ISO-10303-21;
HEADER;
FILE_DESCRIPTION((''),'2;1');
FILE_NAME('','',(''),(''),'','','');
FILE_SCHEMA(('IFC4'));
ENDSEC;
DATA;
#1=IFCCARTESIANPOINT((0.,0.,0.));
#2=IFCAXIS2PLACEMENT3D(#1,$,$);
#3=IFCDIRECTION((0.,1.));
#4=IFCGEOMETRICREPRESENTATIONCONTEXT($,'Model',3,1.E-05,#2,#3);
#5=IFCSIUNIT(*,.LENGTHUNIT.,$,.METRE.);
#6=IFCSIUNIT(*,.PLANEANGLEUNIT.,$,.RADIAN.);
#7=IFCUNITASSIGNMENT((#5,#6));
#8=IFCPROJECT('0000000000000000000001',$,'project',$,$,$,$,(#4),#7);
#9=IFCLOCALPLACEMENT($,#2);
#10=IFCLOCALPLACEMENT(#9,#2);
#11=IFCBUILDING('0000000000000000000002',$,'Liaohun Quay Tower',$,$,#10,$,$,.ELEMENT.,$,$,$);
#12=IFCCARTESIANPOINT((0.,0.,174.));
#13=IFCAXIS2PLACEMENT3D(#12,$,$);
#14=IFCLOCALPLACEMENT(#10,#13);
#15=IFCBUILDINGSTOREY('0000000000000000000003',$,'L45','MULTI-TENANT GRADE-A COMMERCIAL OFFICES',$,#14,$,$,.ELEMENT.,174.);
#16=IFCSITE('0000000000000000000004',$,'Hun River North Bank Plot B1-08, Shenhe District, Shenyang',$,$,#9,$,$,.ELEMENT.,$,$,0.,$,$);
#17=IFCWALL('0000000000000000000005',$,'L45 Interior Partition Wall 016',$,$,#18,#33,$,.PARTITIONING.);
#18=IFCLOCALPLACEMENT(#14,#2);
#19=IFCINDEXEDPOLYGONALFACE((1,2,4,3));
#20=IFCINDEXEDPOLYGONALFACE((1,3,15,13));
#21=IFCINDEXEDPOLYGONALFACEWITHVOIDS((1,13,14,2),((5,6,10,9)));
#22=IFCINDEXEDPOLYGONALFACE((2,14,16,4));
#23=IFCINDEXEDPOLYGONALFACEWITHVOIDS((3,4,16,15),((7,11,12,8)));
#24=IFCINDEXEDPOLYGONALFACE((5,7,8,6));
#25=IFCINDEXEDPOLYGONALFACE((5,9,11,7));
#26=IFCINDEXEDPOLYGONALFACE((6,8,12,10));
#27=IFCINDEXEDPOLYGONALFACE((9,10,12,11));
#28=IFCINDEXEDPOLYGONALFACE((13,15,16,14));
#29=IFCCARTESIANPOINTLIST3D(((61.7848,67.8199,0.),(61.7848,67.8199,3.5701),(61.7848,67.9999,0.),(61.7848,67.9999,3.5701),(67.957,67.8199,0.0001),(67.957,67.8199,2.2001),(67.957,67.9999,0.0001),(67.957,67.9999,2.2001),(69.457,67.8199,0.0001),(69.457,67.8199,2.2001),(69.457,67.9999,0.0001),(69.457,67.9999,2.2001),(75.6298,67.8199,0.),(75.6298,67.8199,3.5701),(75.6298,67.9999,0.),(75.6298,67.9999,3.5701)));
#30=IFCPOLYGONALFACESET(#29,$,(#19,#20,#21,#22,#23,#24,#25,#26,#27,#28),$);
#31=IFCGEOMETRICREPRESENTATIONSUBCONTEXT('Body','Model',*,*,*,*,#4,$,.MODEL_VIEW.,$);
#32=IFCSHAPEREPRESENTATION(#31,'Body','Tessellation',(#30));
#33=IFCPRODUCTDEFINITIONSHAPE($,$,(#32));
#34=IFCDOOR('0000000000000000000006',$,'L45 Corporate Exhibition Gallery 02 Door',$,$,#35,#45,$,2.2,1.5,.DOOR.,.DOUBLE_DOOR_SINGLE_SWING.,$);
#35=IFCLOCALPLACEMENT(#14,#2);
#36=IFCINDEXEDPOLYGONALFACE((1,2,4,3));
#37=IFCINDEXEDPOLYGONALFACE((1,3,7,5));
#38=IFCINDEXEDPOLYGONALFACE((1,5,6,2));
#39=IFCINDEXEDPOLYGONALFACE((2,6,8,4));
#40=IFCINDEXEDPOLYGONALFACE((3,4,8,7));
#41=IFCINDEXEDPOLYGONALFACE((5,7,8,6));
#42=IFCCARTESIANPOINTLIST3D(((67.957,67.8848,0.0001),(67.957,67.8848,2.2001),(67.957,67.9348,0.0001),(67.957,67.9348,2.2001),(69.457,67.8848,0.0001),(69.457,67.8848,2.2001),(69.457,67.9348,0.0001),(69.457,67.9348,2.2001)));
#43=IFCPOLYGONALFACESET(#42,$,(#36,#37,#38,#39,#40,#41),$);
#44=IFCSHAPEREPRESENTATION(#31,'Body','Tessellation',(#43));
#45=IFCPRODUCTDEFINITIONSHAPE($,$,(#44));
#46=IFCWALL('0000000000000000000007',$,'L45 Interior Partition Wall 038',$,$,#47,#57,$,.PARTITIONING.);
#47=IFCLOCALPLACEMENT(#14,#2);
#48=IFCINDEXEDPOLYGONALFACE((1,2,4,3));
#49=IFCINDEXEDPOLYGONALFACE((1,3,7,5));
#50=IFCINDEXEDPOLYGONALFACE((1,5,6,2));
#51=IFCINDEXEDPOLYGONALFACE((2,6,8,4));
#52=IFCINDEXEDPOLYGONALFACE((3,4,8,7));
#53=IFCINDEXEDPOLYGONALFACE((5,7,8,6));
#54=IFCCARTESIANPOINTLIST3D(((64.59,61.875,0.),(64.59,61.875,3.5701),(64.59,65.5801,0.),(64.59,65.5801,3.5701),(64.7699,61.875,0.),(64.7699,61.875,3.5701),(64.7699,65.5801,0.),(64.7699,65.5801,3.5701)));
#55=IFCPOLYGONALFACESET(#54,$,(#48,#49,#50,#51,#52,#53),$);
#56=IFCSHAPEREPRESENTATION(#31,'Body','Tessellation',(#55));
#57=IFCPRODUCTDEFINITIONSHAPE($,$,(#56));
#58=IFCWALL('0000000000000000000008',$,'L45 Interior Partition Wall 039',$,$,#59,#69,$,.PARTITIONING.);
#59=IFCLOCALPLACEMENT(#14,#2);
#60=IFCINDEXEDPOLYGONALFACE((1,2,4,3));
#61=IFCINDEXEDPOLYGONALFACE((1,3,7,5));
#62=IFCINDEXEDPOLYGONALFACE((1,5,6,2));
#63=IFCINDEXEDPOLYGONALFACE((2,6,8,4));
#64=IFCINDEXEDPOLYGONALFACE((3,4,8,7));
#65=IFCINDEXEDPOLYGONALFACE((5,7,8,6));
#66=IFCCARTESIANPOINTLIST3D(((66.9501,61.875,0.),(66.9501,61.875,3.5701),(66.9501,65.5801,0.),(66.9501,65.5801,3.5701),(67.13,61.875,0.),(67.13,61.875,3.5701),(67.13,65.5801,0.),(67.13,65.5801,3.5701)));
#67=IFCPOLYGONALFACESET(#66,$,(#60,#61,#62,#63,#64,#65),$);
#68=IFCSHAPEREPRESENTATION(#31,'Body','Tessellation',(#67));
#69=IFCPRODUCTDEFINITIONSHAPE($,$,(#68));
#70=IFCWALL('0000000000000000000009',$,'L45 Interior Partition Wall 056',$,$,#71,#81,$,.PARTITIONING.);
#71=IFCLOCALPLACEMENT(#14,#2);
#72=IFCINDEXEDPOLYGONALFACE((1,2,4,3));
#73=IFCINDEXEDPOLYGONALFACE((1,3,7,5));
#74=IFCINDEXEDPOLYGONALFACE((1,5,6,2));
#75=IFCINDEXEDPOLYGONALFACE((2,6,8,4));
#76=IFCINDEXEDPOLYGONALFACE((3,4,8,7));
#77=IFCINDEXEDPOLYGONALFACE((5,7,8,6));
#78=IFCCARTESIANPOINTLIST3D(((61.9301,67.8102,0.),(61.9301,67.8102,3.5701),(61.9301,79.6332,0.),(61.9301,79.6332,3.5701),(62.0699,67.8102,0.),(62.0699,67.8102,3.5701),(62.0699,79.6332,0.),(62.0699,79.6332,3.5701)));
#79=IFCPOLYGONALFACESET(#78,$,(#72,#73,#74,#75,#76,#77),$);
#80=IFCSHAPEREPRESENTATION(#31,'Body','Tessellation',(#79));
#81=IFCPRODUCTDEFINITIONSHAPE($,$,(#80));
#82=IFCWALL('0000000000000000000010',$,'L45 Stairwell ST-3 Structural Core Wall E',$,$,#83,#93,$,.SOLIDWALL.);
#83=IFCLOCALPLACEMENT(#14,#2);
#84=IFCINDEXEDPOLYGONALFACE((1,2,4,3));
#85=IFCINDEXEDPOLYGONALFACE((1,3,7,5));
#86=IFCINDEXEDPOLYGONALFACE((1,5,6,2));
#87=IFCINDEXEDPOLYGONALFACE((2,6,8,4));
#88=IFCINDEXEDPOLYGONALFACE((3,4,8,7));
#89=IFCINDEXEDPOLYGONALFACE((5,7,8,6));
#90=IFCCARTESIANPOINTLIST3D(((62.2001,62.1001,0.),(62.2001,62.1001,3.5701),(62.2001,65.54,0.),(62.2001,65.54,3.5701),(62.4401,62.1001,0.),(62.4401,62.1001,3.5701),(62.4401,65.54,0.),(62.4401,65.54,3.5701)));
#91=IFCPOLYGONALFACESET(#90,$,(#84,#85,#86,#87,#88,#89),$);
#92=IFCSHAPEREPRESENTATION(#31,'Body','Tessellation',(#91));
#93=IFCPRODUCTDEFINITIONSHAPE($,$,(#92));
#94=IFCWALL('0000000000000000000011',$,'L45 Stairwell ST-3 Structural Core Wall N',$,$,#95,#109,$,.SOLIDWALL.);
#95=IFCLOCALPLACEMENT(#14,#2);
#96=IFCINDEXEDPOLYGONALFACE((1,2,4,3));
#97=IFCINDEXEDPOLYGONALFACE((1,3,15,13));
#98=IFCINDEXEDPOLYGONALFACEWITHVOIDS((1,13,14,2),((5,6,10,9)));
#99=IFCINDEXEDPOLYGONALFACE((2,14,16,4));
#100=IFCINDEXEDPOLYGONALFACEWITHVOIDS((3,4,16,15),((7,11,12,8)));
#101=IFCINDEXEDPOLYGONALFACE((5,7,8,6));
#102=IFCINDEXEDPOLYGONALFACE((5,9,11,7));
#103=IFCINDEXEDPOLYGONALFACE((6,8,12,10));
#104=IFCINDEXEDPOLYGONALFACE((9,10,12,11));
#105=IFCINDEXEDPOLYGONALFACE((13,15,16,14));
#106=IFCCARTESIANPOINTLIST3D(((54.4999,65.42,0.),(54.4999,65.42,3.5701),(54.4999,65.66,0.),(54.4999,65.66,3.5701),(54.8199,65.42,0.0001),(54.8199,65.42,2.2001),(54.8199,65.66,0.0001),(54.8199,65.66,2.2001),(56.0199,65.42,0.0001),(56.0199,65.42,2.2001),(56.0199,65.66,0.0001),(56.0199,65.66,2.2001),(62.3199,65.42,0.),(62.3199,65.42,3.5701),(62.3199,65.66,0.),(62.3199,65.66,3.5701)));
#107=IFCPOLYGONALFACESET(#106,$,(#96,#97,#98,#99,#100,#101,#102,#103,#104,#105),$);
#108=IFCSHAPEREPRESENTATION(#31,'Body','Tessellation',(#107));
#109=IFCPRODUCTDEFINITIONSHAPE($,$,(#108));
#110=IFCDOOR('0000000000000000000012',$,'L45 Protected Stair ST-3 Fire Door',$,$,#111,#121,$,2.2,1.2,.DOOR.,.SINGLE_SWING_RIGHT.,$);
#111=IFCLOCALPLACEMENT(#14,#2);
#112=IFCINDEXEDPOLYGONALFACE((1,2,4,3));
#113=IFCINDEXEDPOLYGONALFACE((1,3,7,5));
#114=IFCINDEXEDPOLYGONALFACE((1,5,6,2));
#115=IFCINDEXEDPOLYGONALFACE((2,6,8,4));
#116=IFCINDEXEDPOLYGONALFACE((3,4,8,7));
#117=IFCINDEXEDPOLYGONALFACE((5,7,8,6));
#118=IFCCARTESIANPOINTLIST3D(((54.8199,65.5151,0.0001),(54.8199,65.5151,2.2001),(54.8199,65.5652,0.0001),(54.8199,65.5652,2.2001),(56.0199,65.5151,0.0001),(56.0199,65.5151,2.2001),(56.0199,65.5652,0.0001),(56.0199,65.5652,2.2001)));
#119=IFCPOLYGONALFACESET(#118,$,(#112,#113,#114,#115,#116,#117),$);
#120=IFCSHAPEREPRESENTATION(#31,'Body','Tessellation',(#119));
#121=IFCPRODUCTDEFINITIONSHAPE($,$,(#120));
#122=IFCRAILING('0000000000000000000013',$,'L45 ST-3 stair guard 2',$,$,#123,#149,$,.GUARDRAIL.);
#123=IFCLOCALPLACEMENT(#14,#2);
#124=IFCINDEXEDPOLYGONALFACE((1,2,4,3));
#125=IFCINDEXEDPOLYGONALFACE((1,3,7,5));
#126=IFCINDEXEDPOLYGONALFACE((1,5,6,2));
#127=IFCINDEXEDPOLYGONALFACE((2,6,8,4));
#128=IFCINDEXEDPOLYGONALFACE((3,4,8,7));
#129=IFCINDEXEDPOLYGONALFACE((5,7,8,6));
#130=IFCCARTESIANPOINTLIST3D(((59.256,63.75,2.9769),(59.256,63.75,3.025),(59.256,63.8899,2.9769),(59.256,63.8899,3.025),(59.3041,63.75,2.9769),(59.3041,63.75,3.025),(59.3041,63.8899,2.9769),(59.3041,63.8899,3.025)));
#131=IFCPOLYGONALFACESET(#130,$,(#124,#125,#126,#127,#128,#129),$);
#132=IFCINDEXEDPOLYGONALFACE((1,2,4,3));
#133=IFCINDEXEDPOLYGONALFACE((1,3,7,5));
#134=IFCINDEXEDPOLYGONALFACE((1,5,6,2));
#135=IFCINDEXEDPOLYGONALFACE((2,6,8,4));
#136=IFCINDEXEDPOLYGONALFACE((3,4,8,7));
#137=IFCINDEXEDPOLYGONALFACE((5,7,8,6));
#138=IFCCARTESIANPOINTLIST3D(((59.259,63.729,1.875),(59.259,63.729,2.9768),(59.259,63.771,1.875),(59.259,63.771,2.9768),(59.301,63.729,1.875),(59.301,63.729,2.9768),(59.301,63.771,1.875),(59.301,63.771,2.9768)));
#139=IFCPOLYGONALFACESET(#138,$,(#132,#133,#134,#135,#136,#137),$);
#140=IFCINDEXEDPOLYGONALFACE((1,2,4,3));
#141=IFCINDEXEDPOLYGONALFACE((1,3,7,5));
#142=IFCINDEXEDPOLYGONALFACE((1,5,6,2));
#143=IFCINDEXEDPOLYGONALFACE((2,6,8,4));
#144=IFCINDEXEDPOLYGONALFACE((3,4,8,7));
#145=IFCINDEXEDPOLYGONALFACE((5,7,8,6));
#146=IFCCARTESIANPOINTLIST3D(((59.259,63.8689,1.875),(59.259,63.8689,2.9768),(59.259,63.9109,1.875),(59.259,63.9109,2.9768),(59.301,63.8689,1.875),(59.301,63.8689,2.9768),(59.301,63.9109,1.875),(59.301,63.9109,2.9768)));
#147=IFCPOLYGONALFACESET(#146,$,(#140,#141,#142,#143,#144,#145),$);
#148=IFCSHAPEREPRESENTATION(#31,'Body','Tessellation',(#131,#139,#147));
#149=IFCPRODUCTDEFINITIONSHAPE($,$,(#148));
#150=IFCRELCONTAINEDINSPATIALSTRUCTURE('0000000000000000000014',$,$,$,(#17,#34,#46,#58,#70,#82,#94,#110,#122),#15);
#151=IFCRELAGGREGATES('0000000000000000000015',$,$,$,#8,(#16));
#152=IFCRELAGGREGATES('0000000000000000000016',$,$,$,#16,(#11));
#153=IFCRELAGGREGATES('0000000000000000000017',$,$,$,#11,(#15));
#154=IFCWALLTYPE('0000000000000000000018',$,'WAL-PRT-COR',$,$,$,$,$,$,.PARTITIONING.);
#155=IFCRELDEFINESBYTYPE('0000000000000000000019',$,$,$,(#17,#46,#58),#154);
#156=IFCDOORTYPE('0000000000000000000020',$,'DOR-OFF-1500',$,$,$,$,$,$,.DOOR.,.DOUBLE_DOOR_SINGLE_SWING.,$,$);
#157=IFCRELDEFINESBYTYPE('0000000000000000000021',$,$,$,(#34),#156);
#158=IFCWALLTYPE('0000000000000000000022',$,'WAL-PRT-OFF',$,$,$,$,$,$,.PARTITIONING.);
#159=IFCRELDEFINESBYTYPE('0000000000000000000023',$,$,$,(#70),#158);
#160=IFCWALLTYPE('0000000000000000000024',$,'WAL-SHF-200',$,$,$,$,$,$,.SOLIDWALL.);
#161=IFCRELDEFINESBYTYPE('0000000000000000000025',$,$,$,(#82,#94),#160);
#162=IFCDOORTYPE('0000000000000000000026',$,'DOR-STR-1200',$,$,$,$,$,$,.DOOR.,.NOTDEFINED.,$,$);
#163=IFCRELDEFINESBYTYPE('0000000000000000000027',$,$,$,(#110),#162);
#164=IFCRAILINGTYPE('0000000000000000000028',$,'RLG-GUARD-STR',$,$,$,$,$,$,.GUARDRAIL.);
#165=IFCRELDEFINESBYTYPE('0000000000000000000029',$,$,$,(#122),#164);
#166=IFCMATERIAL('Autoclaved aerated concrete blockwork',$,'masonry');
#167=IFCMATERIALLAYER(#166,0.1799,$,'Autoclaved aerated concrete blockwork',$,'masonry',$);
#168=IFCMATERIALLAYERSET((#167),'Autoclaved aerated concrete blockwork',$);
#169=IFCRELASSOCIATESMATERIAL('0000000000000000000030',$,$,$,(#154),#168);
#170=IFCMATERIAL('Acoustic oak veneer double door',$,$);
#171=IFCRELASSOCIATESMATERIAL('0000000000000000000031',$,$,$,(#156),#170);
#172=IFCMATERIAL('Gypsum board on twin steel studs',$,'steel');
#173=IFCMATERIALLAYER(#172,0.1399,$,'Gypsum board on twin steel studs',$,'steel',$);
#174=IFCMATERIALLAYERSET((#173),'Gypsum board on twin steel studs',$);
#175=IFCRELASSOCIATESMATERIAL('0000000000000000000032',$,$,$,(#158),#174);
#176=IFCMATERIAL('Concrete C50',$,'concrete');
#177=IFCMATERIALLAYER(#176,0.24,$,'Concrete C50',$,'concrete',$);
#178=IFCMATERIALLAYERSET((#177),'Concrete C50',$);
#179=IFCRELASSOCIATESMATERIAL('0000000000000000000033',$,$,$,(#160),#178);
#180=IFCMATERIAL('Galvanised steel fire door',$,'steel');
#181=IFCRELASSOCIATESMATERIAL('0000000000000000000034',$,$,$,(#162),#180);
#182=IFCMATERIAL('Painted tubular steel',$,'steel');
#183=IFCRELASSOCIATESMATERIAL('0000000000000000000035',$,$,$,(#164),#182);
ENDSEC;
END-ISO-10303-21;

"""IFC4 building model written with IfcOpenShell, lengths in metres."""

from ifc_helpers import new_model, si_unit, direction, frame, frame_2d, origin, origin_2d, place, context, subcontext, project, spatial, rectangle, extrude, source, transform, mapped, material, layer, layer_set, type_object, element, fill, save


model = new_model("IFC4")

# Units and contexts
model_context = context("Model", 3, precision=1e-05, world=origin(), true_north=direction((0.0, 1.0)))
body_context = subcontext(model_context, "Body", "Model", "MODEL_VIEW")
ifc_project = project(units=[si_unit("LENGTHUNIT", "METRE"), si_unit("PLANEANGLEUNIT", "RADIAN")], contexts=[model_context])

# Site, building, storey
site_placement = place(None, origin())
site = spatial("IfcSite", under=ifc_project, at=site_placement, Name="Hun River North Bank Plot B1-08, Shenhe District, Shenyang", CompositionType="ELEMENT", RefElevation=0.0)
building_placement = place(site_placement, origin())
building = spatial("IfcBuilding", under=site, at=building_placement, Name="Liaohun Quay Tower", CompositionType="ELEMENT")
storey_placement = place(building_placement, frame((0.0, 0.0, 174.0)))
storey = spatial("IfcBuildingStorey", under=building, at=storey_placement, Name="L45", Description="MULTI-TENANT GRADE-A COMMERCIAL OFFICES", CompositionType="ELEMENT", Elevation=174.0)

# Wall, opening, door
ifc_material_1 = material(Name="Autoclaved aerated concrete blockwork", Category="masonry")
ifc_layer_1 = layer(ifc_material_1, 0.1799, Name="Autoclaved aerated concrete blockwork", Category="masonry")
ifc_layer_set_1 = layer_set([ifc_layer_1], Name="Autoclaved aerated concrete blockwork")
wall_type_1 = type_object("IfcWallType", Name="WAL-PRT-COR", PredefinedType="PARTITIONING", material=ifc_layer_set_1)
wall_1_placement = place(storey_placement, frame((61.7849, 67.9099, 0.0), z_axis=(0.0, 0.0, 1.0), x_axis=(1.0, 0.0, 0.0)))
wall_1 = element("IfcWall", 1, at=wall_1_placement, inside=storey, type_object=wall_type_1, Name="L45 Interior Partition Wall 016", PredefinedType="PARTITIONING", context=body_context, shape_type="SweptSolid", body=[
    extrude(rectangle(XDim=13.845, YDim=0.1799, at=frame_2d((6.9224, 0.0))), origin(), (0.0, 0.0, 1.0), 3.5701),
])
shared_shape_1 = source(origin(), body_context, "Body", "SweptSolid", [
    extrude(rectangle(XDim=1.5, YDim=2.2, at=frame_2d((0.75, 1.1001))), frame((0.0, 0.0999, 0.0), z_axis=(0.0, -1.0, 0.0), x_axis=(1.0, 0.0, 0.0)), (0.0, 0.0, 1.0), 0.2),
])
opening_1_placement = place(wall_1_placement, frame((6.1721, 0.0, 0.0)))
opening_1 = element("IfcOpeningElement", 2, at=opening_1_placement, cuts=wall_1, PredefinedType="OPENING", context=body_context, shape_type="MappedRepresentation", body=[
    mapped(shared_shape_1, transform((0.0, 0.0, 0.0), x_axis=(1.0, 0.0, 0.0), y_axis=(0.0, 1.0, 0.0), z_axis=(0.0, 0.0, 1.0), scale=1.0)),
])
ifc_material_2 = material(Name="Acoustic oak veneer double door")
door_type_1 = type_object("IfcDoorType", Name="DOR-OFF-1500", OperationType="DOUBLE_DOOR_SINGLE_SWING", PredefinedType="DOOR", material=ifc_material_2)
shared_shape_2 = source(origin(), body_context, "Body", "SweptSolid", [
    extrude(rectangle(XDim=1.5, YDim=2.2, at=frame_2d((0.75, 1.1001))), frame((0.0, 0.0249, 0.0), z_axis=(0.0, -1.0, 0.0), x_axis=(1.0, 0.0, 0.0)), (0.0, 0.0, 1.0), 0.05),
])
door_1_placement = place(opening_1_placement, origin())
door_1 = element("IfcDoor", 3, at=door_1_placement, inside=storey, type_object=door_type_1, Name="L45 Corporate Exhibition Gallery 02 Door", OperationType="DOUBLE_DOOR_SINGLE_SWING", OverallHeight=2.2, OverallWidth=1.5, PredefinedType="DOOR", context=body_context, shape_type="MappedRepresentation", body=[
    mapped(shared_shape_2, transform((0.0, 0.0, 0.0), x_axis=(1.0, 0.0, 0.0), y_axis=(0.0, 1.0, 0.0), z_axis=(0.0, 0.0, 1.0), scale=1.0)),
])
fill(opening_1, door_1)

# Walls
for number, where, z_axis, x_axis, name in (
    (4, (64.6799, 61.875, 0.0), (0.0, 0.0, 1.0), (0.0, 1.0, 0.0), "L45 Interior Partition Wall 038"),
    (5, (67.04, 61.875, 0.0), (0.0, 0.0, 1.0), (0.0, 1.0, 0.0), "L45 Interior Partition Wall 039"),
):
    element("IfcWall", number, at=place(storey_placement, frame(where, z_axis=z_axis, x_axis=x_axis)), inside=storey, type_object=wall_type_1, Name=name, PredefinedType="PARTITIONING", context=body_context, shape_type="SweptSolid", body=[
        extrude(rectangle(XDim=3.7051, YDim=0.1799, at=frame_2d((1.8525, 0.0))), origin(), (0.0, 0.0, 1.0), 3.5701),
    ])
ifc_material_3 = material(Name="Gypsum board on twin steel studs", Category="steel")
ifc_layer_2 = layer(ifc_material_3, 0.1399, Name="Gypsum board on twin steel studs", Category="steel")
ifc_layer_set_2 = layer_set([ifc_layer_2], Name="Gypsum board on twin steel studs")
wall_type_2 = type_object("IfcWallType", Name="WAL-PRT-OFF", PredefinedType="PARTITIONING", material=ifc_layer_set_2)
wall_2_placement = place(storey_placement, frame((62.0, 67.8101, 0.0), z_axis=(0.0, 0.0, 1.0), x_axis=(0.0, 1.0, 0.0)))
element("IfcWall", 6, at=wall_2_placement, inside=storey, type_object=wall_type_2, Name="L45 Interior Partition Wall 056", PredefinedType="PARTITIONING", context=body_context, shape_type="SweptSolid", body=[
    extrude(rectangle(XDim=11.823, YDim=0.1399, at=frame_2d((5.9116, 0.0))), origin(), (0.0, 0.0, 1.0), 3.5701),
])
ifc_material_4 = material(Name="Concrete C50", Category="concrete")
ifc_layer_3 = layer(ifc_material_4, 0.24, Name="Concrete C50", Category="concrete")
ifc_layer_set_3 = layer_set([ifc_layer_3], Name="Concrete C50")
wall_type_3 = type_object("IfcWallType", Name="WAL-SHF-200", PredefinedType="SOLIDWALL", material=ifc_layer_set_3)
wall_3_placement = place(storey_placement, frame((62.3201, 62.1001, 0.0), z_axis=(0.0, 0.0, 1.0), x_axis=(0.0, 1.0, 0.0)))
element("IfcWall", 7, at=wall_3_placement, inside=storey, type_object=wall_type_3, Name="L45 Stairwell ST-3 Structural Core Wall E", PredefinedType="SOLIDWALL", context=body_context, shape_type="SweptSolid", body=[
    extrude(rectangle(XDim=3.4399, YDim=0.24, at=frame_2d((1.72, 0.0))), origin(), (0.0, 0.0, 1.0), 3.5701),
])

# Wall, opening, door
wall_4_placement = place(storey_placement, frame((62.3201, 65.54, 0.0), z_axis=(0.0, 0.0, 1.0), x_axis=(-1.0, 0.0, 0.0)))
wall_4 = element("IfcWall", 8, at=wall_4_placement, inside=storey, type_object=wall_type_3, Name="L45 Stairwell ST-3 Structural Core Wall N", PredefinedType="SOLIDWALL", context=body_context, shape_type="SweptSolid", body=[
    extrude(rectangle(XDim=7.8201, YDim=0.24, at=frame_2d((3.9102, 0.0))), origin(), (0.0, 0.0, 1.0), 3.5701),
])
shared_shape_3 = source(origin(), body_context, "Body", "SweptSolid", [
    extrude(rectangle(XDim=1.2, YDim=2.2, at=frame_2d((0.6001, 1.1001))), frame((0.0, 0.1299, 0.0), z_axis=(0.0, -1.0, 0.0), x_axis=(1.0, 0.0, 0.0)), (0.0, 0.0, 1.0), 0.26),
])
opening_2_placement = place(wall_4_placement, frame((6.3, 0.0, 0.0)))
opening_2 = element("IfcOpeningElement", 9, at=opening_2_placement, cuts=wall_4, PredefinedType="OPENING", context=body_context, shape_type="MappedRepresentation", body=[
    mapped(shared_shape_3, transform((0.0, 0.0, 0.0), x_axis=(1.0, 0.0, 0.0), y_axis=(0.0, 1.0, 0.0), z_axis=(0.0, 0.0, 1.0), scale=1.0)),
])
ifc_material_5 = material(Name="Galvanised steel fire door", Category="steel")
door_type_2 = type_object("IfcDoorType", Name="DOR-STR-1200", OperationType="NOTDEFINED", PredefinedType="DOOR", material=ifc_material_5)
shared_shape_4 = source(origin(), body_context, "Body", "SweptSolid", [
    extrude(rectangle(XDim=1.2, YDim=2.2, at=frame_2d((0.6001, 1.1001))), frame((0.0, 0.0249, 0.0), z_axis=(0.0, -1.0, 0.0), x_axis=(1.0, 0.0, 0.0)), (0.0, 0.0, 1.0), 0.05),
])
door_2_placement = place(opening_2_placement, origin())
door_2 = element("IfcDoor", 10, at=door_2_placement, inside=storey, type_object=door_type_2, Name="L45 Protected Stair ST-3 Fire Door", OperationType="SINGLE_SWING_RIGHT", OverallHeight=2.2, OverallWidth=1.2, PredefinedType="DOOR", context=body_context, shape_type="MappedRepresentation", body=[
    mapped(shared_shape_4, transform((0.0, 0.0, 0.0), x_axis=(1.0, 0.0, 0.0), y_axis=(0.0, 1.0, 0.0), z_axis=(0.0, 0.0, 1.0), scale=1.0)),
])
fill(opening_2, door_2)

# Railing
ifc_material_6 = material(Name="Painted tubular steel", Category="steel")
railing_type = type_object("IfcRailingType", Name="RLG-GUARD-STR", PredefinedType="GUARDRAIL", material=ifc_material_6)
railing_placement = place(storey_placement, frame((59.28, 63.75, 1.875)))
element("IfcRailing", 11, at=railing_placement, inside=storey, type_object=railing_type, Name="L45 ST-3 stair guard 2", PredefinedType="GUARDRAIL", context=body_context, shape_type="SweptSolid", body=[
    extrude(rectangle(XDim=0.0481, YDim=0.0481, at=origin_2d()), frame((0.0, 0.0, 1.126), z_axis=(0.0, 1.0, 0.0), x_axis=(-1.0, 0.0, 0.0)), (0.0, 0.0, 1.0), 0.1399),
    extrude(rectangle(XDim=0.042, YDim=0.042, at=origin_2d()), origin(), (0.0, 0.0, 1.0), 1.1018),
    extrude(rectangle(XDim=0.042, YDim=0.042, at=origin_2d()), frame((0.0, 0.1399, 0.0)), (0.0, 0.0, 1.0), 1.1018),
])

save(model, "model.ifc")
